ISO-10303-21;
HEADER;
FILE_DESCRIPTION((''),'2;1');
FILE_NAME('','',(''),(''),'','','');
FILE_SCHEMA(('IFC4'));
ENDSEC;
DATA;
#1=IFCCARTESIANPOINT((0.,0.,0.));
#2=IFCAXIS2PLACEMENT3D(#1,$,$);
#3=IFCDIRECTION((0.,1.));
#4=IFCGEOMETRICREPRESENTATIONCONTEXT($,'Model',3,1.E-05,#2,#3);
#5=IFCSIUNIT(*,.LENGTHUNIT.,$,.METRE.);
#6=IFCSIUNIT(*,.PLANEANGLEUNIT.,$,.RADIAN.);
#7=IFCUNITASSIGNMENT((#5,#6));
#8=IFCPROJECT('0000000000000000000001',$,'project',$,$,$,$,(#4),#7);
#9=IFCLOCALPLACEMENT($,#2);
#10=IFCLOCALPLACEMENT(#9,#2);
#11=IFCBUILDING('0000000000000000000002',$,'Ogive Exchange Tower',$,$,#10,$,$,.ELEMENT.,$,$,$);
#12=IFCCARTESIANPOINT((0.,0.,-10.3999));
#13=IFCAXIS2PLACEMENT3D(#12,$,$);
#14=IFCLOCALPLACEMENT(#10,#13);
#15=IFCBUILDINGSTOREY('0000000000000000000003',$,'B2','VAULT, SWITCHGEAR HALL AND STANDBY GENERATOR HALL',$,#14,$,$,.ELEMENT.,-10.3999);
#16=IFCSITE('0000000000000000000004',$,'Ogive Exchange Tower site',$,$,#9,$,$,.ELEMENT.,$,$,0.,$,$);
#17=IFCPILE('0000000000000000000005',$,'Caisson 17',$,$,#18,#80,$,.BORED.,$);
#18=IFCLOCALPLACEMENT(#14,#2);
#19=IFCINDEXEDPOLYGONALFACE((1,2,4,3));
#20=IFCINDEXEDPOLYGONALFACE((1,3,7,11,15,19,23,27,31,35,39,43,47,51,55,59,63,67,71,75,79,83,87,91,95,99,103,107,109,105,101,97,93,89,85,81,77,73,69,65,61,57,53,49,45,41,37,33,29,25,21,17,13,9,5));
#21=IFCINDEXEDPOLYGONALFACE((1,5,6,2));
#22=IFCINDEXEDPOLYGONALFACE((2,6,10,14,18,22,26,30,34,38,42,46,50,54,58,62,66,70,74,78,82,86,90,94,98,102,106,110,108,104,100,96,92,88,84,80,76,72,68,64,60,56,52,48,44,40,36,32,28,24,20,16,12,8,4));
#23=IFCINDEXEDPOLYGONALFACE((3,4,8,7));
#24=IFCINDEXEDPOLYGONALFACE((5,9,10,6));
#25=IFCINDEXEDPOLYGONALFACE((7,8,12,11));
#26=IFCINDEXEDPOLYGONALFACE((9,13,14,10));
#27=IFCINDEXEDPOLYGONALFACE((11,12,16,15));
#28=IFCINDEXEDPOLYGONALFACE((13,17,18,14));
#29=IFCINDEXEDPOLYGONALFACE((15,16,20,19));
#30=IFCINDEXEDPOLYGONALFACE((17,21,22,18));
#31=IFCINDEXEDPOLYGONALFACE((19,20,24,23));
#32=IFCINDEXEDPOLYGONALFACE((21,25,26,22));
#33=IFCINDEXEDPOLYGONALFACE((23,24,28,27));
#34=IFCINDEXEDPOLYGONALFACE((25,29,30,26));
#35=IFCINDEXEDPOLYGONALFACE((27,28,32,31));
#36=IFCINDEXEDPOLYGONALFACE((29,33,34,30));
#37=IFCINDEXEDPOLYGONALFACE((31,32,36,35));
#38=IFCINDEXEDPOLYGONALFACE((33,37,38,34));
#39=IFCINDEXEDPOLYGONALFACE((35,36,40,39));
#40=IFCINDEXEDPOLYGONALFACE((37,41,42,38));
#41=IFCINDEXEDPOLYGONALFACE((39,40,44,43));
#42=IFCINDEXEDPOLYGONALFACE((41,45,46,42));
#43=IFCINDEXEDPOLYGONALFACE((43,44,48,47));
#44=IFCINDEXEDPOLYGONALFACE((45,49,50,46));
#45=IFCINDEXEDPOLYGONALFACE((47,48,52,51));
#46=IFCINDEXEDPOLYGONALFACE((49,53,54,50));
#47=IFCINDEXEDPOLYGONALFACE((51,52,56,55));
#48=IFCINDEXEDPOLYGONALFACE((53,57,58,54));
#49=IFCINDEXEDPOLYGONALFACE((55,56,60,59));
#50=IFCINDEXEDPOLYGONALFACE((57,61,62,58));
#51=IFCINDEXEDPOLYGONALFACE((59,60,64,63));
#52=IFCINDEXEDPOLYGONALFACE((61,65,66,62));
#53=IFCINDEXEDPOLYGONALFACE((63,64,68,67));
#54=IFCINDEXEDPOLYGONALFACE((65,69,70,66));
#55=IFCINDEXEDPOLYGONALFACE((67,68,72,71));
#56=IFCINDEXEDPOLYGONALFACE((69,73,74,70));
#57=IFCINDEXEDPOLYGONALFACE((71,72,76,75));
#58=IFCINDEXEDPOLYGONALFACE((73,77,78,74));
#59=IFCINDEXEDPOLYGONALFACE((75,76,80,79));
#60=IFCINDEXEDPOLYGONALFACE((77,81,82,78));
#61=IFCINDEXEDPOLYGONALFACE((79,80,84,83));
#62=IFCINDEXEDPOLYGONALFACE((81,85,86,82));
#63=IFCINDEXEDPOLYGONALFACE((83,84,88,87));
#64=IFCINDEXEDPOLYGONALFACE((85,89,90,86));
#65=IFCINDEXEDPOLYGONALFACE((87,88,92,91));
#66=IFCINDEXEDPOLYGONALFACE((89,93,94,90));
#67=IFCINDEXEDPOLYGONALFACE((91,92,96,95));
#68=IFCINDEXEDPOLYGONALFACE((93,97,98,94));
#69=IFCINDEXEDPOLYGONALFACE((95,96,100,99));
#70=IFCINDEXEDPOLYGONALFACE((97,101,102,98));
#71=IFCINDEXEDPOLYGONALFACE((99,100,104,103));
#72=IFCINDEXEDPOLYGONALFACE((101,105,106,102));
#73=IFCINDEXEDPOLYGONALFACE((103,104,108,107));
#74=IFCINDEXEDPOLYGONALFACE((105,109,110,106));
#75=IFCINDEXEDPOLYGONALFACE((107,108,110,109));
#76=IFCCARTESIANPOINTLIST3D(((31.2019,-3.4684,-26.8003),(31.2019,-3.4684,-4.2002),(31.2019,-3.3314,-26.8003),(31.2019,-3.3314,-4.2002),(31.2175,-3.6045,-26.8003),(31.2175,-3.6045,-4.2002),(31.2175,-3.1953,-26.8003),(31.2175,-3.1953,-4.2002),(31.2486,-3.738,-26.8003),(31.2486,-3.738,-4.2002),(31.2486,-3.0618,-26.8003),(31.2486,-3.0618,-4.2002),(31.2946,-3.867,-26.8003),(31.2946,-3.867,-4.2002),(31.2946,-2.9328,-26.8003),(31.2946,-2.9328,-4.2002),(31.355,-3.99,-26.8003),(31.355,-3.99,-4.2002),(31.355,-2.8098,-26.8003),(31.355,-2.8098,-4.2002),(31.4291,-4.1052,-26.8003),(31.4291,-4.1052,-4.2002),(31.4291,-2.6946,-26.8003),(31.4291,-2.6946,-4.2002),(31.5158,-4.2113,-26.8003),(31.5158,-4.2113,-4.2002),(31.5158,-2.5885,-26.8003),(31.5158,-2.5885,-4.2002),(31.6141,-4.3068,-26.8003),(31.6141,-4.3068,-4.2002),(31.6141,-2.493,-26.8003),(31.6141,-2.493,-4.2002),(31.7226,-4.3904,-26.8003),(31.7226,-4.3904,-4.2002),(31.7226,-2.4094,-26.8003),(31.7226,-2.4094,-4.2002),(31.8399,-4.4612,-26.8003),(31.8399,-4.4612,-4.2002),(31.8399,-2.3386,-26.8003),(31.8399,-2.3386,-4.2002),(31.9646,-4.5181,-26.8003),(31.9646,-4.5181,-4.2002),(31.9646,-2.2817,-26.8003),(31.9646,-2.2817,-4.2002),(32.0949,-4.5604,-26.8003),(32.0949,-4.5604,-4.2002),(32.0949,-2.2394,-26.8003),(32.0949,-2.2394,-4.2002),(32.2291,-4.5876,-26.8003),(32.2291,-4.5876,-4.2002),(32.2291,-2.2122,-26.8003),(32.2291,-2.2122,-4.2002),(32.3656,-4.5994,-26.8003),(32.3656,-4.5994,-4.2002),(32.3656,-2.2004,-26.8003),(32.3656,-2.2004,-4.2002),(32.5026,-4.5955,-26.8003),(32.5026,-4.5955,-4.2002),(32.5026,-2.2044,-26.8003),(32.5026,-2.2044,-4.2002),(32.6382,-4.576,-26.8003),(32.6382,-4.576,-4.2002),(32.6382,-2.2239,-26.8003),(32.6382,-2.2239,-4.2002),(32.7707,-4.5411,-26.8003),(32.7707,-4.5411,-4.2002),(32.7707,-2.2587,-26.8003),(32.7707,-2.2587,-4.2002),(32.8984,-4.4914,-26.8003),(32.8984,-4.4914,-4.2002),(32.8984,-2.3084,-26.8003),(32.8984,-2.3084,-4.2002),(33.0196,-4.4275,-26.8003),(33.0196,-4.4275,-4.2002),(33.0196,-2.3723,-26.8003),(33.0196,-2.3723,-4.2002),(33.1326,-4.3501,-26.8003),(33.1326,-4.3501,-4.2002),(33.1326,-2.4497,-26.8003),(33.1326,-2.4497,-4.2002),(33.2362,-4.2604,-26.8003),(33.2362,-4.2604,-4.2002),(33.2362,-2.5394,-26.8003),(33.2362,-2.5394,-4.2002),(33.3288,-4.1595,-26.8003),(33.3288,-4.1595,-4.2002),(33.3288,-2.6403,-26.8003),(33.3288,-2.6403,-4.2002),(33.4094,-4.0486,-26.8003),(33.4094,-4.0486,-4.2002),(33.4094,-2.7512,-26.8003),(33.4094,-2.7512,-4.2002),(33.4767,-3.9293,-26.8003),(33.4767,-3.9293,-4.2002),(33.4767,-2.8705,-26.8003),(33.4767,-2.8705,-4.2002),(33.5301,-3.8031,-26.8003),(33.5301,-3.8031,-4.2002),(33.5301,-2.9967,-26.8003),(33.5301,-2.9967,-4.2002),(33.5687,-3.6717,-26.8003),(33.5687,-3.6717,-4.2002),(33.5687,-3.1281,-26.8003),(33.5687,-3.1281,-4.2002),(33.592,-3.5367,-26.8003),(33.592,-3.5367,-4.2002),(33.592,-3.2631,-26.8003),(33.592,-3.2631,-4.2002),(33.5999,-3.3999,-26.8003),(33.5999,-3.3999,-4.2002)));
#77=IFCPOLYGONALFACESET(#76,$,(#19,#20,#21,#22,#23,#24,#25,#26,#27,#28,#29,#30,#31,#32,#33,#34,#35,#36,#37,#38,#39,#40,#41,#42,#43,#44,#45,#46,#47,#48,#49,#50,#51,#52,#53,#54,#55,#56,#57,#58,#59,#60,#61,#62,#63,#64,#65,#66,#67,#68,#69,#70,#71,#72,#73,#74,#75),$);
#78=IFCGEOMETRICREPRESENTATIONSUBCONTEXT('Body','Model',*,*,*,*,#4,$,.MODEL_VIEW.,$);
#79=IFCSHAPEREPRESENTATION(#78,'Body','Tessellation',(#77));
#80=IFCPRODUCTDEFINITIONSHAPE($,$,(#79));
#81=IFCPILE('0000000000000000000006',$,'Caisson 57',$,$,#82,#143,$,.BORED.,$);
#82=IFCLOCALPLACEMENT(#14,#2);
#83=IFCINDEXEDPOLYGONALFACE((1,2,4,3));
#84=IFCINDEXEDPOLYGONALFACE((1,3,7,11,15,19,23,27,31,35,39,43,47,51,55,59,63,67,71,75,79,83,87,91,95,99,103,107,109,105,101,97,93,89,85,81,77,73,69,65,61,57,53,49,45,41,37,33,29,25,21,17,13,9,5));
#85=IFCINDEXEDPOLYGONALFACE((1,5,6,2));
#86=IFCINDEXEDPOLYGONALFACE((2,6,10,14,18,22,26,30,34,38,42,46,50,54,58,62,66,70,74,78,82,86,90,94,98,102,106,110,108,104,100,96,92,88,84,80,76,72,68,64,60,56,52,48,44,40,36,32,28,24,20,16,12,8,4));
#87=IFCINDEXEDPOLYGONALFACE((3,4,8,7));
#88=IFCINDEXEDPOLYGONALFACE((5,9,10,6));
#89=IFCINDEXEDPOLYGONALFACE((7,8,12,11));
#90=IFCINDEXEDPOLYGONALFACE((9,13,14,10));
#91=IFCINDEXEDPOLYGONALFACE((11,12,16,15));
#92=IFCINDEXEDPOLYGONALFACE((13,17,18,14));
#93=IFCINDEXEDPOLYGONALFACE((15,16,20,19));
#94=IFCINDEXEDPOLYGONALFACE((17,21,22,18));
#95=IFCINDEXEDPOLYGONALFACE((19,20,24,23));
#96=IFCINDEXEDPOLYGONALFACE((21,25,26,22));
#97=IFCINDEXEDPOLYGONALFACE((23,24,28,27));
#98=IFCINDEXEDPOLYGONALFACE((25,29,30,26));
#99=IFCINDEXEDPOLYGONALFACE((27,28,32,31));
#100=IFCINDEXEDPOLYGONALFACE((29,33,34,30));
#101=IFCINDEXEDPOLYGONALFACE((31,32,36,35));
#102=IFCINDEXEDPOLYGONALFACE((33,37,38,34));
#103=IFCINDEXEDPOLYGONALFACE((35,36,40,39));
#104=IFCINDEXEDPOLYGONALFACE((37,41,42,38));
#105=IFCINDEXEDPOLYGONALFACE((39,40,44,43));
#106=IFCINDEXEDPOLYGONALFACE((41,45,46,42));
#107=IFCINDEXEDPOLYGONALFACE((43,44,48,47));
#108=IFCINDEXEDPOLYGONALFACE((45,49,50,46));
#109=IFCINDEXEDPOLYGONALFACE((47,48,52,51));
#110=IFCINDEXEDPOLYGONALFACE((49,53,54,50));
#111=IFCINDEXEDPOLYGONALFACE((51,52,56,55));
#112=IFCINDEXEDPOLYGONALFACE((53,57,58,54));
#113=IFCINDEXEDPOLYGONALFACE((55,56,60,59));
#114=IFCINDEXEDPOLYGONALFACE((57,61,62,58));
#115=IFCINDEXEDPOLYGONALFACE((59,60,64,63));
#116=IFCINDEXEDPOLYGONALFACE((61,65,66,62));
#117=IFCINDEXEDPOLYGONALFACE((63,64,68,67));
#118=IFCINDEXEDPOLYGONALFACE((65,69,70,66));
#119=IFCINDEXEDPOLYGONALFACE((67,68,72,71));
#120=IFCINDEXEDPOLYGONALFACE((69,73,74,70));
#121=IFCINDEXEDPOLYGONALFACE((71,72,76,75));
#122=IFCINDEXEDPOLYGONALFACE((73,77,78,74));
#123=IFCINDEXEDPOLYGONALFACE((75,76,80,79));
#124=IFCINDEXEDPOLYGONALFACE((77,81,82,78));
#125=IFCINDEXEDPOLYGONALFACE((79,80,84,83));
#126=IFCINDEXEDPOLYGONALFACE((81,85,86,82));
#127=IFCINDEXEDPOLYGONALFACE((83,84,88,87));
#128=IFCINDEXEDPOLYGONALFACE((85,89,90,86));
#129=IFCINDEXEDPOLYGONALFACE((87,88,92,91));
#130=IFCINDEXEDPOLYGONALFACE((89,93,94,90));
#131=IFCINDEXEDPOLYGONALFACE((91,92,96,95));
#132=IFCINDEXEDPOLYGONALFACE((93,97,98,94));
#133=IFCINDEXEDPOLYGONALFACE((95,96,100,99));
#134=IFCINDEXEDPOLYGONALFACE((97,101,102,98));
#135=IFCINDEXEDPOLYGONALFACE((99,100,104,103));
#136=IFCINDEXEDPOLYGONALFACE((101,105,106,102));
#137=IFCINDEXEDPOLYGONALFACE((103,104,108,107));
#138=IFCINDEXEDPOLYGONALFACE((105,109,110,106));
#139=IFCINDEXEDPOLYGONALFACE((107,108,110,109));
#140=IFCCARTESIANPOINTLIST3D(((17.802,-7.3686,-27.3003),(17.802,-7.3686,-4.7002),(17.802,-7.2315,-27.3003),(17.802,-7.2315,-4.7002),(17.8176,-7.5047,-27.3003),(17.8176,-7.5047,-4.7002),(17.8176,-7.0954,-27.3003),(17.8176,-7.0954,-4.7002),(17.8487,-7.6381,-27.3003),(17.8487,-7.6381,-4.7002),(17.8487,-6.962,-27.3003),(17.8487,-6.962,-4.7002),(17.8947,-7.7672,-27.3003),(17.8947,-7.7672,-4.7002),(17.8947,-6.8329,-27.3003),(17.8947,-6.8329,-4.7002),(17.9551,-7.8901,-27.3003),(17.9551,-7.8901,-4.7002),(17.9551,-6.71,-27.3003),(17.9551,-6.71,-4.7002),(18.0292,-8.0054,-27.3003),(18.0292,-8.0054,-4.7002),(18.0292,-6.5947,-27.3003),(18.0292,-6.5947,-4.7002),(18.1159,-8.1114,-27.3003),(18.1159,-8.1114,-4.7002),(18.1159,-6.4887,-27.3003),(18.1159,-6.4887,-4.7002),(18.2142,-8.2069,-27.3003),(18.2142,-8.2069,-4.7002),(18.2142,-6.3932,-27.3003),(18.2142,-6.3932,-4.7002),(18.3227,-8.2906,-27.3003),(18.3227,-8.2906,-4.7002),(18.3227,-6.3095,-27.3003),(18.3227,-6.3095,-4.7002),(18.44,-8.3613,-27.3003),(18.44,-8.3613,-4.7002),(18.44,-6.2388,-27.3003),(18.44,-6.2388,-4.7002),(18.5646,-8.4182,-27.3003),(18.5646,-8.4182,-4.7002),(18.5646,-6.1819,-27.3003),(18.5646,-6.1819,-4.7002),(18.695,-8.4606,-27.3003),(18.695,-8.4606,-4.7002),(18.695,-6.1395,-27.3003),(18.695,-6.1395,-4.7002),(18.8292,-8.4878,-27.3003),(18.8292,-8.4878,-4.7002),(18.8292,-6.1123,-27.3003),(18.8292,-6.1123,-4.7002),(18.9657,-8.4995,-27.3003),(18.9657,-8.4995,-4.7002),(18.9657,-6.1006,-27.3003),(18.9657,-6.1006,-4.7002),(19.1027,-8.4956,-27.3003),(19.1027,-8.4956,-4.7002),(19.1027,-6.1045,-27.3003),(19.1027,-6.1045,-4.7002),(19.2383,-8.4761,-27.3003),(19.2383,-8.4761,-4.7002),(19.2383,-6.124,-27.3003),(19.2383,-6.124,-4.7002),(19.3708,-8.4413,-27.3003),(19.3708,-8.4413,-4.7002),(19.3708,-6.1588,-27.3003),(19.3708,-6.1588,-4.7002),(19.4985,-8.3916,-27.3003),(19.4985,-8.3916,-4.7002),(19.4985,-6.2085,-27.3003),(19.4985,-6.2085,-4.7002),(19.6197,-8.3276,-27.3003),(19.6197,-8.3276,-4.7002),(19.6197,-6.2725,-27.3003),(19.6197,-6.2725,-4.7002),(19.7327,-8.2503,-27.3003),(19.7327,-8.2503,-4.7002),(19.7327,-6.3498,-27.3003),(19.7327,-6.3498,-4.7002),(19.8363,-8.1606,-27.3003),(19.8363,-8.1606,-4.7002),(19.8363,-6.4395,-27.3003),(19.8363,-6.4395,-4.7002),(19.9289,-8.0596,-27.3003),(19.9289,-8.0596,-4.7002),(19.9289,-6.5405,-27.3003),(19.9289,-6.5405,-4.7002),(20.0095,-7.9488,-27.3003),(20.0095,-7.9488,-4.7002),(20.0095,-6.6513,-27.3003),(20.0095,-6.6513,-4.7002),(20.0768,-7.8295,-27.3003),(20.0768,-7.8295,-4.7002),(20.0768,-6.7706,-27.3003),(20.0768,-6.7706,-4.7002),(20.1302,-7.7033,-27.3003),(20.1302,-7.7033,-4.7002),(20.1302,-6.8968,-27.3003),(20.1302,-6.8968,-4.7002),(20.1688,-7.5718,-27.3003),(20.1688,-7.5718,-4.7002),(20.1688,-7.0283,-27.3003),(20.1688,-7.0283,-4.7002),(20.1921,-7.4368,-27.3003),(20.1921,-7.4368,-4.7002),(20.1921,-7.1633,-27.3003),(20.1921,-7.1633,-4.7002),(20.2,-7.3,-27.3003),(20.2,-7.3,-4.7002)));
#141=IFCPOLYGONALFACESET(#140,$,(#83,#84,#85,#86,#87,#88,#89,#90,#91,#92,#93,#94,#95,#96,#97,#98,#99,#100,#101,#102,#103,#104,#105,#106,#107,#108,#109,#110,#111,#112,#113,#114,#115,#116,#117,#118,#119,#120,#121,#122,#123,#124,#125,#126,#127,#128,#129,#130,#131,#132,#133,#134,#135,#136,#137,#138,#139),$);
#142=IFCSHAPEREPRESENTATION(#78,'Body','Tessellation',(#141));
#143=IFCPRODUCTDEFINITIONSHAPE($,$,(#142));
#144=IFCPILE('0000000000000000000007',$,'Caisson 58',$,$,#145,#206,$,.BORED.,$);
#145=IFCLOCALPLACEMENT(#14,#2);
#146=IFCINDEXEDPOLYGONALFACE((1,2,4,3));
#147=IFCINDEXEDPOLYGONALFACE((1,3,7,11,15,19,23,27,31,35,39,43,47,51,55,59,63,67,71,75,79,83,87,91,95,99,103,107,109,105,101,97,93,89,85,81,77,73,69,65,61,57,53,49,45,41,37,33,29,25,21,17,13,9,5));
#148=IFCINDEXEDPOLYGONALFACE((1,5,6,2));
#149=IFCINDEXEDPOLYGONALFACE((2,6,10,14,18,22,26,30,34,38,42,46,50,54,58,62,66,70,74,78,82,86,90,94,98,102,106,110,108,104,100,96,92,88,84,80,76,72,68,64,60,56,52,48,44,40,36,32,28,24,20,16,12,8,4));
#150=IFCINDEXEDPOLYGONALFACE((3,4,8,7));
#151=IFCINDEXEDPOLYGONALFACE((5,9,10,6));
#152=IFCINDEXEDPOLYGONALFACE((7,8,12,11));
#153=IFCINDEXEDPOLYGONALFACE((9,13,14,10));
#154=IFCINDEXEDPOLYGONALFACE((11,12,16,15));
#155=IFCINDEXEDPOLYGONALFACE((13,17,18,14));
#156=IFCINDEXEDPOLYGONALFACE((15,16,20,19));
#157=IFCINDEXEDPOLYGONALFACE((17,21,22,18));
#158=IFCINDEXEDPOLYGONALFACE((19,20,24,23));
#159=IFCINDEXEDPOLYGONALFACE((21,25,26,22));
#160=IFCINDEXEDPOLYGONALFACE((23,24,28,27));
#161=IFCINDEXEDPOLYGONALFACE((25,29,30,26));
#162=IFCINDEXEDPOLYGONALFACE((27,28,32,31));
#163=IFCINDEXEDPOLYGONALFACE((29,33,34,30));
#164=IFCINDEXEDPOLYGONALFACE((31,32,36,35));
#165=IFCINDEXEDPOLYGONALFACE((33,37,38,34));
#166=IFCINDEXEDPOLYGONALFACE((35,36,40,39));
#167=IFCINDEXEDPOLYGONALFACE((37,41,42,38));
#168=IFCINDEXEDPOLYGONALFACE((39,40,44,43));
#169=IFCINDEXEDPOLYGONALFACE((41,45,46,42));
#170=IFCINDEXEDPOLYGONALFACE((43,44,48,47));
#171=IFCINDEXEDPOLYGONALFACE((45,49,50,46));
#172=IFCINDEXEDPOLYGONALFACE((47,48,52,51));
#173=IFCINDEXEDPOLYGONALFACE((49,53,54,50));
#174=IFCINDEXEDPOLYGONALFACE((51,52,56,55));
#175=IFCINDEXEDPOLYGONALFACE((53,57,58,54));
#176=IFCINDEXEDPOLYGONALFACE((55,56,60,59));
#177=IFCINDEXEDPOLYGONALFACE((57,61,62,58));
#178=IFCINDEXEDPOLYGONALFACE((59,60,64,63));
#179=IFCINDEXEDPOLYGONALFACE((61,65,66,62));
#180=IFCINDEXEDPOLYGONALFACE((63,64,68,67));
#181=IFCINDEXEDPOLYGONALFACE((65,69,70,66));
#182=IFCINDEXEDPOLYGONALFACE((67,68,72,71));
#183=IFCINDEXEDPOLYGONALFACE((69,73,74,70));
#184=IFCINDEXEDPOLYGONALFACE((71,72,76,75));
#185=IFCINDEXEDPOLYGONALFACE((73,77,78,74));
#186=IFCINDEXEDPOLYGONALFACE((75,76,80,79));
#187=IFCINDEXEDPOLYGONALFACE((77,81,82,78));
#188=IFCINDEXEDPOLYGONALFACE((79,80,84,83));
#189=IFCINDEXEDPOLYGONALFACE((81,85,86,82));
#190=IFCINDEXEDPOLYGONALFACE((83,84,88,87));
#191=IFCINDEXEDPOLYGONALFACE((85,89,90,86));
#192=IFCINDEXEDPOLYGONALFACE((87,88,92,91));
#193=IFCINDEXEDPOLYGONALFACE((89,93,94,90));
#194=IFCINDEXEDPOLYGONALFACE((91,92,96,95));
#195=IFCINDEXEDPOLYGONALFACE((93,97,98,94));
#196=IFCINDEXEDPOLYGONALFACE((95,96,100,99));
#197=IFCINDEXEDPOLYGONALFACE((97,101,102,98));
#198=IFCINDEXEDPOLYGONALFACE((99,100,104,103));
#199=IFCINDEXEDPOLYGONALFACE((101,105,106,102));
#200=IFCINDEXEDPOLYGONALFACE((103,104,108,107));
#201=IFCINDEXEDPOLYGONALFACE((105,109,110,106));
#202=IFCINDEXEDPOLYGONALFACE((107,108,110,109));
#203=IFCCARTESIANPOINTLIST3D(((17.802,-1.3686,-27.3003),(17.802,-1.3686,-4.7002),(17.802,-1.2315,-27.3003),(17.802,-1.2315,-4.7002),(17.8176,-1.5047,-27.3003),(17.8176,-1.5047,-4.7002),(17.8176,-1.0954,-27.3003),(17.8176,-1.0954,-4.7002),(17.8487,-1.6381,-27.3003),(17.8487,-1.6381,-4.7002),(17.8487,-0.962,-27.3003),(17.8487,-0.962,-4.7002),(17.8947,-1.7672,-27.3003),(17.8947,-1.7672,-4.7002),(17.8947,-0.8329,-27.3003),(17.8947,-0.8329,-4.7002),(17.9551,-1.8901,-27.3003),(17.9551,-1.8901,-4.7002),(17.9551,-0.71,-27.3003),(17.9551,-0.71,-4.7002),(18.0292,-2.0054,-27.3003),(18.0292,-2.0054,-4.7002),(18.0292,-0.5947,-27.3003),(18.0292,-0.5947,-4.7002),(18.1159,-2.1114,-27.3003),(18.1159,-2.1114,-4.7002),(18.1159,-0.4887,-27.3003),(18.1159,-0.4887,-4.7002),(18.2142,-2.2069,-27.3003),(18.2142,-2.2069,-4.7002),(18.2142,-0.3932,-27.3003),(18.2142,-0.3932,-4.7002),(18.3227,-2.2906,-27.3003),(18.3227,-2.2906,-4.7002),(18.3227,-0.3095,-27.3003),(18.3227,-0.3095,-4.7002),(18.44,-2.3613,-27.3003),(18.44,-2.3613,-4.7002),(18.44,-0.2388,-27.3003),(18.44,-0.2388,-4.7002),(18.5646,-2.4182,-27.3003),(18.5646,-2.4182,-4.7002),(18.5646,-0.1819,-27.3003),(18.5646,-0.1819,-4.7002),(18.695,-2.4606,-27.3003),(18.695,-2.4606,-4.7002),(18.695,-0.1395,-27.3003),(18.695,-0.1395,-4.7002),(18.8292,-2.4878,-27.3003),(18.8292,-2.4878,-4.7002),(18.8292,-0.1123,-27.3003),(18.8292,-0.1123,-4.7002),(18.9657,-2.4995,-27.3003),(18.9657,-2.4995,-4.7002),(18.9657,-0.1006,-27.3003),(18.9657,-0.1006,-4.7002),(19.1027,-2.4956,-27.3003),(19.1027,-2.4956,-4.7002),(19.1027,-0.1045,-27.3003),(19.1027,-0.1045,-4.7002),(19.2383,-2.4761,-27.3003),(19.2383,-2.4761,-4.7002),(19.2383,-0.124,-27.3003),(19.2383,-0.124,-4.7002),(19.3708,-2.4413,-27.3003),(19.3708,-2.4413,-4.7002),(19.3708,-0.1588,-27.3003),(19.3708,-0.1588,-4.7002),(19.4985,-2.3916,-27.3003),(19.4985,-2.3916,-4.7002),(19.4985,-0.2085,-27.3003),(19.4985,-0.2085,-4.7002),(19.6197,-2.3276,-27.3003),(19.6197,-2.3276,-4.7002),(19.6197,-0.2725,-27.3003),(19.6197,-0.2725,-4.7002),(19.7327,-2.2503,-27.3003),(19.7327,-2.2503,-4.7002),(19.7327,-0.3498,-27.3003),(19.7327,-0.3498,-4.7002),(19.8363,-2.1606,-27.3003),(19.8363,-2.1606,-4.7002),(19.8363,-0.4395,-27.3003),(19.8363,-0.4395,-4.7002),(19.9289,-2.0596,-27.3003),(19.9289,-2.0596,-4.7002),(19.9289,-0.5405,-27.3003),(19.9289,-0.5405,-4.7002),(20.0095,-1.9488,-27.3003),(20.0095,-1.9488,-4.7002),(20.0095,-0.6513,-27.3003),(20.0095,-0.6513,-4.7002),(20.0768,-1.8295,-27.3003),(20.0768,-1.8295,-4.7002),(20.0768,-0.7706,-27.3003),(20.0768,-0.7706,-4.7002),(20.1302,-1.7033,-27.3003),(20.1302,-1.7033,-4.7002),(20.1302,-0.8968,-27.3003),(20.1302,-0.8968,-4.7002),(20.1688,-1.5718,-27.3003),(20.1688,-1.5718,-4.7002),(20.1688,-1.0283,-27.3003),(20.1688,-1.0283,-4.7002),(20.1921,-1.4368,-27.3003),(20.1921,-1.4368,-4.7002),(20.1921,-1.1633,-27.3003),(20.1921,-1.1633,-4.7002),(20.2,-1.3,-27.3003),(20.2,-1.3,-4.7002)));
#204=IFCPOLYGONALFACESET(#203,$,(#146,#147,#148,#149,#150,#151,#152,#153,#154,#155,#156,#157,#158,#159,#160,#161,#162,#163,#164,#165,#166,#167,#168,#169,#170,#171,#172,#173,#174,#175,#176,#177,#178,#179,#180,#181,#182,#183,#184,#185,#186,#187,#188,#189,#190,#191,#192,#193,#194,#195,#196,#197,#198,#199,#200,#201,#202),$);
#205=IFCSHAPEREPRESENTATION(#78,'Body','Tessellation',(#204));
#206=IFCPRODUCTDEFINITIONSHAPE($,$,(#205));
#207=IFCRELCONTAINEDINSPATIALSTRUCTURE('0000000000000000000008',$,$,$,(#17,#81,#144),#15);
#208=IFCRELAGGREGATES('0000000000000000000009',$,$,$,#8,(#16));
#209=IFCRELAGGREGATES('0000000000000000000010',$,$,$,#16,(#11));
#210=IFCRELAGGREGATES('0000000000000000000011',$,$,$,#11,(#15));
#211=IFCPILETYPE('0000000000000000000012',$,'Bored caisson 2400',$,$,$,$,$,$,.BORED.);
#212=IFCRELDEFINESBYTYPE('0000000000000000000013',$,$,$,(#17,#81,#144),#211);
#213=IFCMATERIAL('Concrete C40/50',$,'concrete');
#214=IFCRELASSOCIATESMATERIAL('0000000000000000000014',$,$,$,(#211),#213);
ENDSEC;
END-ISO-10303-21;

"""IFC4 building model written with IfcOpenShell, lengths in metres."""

from ifc_helpers import new_model, si_unit, direction, frame, origin, origin_2d, place, context, subcontext, project, spatial, circle, extrude, material, material_profile, profile_set, type_object, element, save


model = new_model("IFC4")

# Units and contexts
model_context = context("Model", 3, precision=1e-05, world=origin(), true_north=direction((0.0, 1.0)))
body_context = subcontext(model_context, "Body", "Model", "MODEL_VIEW")
ifc_project = project(units=[si_unit("LENGTHUNIT", "METRE"), si_unit("PLANEANGLEUNIT", "RADIAN")], contexts=[model_context])

# Site, building, storey
site_placement = place(None, origin())
site = spatial("IfcSite", under=ifc_project, at=site_placement, Name="Ogive Exchange Tower site", CompositionType="ELEMENT", RefElevation=0.0)
building_placement = place(site_placement, origin())
building = spatial("IfcBuilding", under=site, at=building_placement, Name="Ogive Exchange Tower", CompositionType="ELEMENT")
storey_placement = place(building_placement, frame((0.0, 0.0, -10.3999)))
storey = spatial("IfcBuildingStorey", under=building, at=storey_placement, Name="B2", Description="VAULT, SWITCHGEAR HALL AND STANDBY GENERATOR HALL", CompositionType="ELEMENT", Elevation=-10.3999)

# Piles
ifc_material_1 = material(Name="Concrete C40/50", Category="concrete")
ifc_material_profile_1 = material_profile(ifc_material_1, circle(Radius=1.2, at=origin_2d()), Name="RC caisson 2400")
ifc_profile_set_1 = profile_set([ifc_material_profile_1], Name="Concrete C40/50")
pile_type = type_object("IfcPileType", Name="Bored caisson 2400", PredefinedType="BORED", material=ifc_profile_set_1)
for number, where, z_axis, x_axis, name in (
    (1, (32.3999, -3.3999, -4.2002), (0.0, 0.0, -1.0), (1.0, 0.0, 0.0), "Caisson 17"),
    (2, (19.0, -7.3, -4.7002), (0.0, 0.0, -1.0), (1.0, 0.0, 0.0), "Caisson 57"),
    (3, (19.0, -1.3, -4.7002), (0.0, 0.0, -1.0), (1.0, 0.0, 0.0), "Caisson 58"),
):
    element("IfcPile", number, at=place(storey_placement, frame(where, z_axis=z_axis, x_axis=x_axis)), inside=storey, type_object=pile_type, Name=name, PredefinedType="BORED", context=body_context, shape_type="SweptSolid", body=[
        extrude(circle(Radius=1.2, at=origin_2d()), origin(), (0.0, 0.0, 1.0), 22.6001),
    ])

save(model, "model.ifc")
